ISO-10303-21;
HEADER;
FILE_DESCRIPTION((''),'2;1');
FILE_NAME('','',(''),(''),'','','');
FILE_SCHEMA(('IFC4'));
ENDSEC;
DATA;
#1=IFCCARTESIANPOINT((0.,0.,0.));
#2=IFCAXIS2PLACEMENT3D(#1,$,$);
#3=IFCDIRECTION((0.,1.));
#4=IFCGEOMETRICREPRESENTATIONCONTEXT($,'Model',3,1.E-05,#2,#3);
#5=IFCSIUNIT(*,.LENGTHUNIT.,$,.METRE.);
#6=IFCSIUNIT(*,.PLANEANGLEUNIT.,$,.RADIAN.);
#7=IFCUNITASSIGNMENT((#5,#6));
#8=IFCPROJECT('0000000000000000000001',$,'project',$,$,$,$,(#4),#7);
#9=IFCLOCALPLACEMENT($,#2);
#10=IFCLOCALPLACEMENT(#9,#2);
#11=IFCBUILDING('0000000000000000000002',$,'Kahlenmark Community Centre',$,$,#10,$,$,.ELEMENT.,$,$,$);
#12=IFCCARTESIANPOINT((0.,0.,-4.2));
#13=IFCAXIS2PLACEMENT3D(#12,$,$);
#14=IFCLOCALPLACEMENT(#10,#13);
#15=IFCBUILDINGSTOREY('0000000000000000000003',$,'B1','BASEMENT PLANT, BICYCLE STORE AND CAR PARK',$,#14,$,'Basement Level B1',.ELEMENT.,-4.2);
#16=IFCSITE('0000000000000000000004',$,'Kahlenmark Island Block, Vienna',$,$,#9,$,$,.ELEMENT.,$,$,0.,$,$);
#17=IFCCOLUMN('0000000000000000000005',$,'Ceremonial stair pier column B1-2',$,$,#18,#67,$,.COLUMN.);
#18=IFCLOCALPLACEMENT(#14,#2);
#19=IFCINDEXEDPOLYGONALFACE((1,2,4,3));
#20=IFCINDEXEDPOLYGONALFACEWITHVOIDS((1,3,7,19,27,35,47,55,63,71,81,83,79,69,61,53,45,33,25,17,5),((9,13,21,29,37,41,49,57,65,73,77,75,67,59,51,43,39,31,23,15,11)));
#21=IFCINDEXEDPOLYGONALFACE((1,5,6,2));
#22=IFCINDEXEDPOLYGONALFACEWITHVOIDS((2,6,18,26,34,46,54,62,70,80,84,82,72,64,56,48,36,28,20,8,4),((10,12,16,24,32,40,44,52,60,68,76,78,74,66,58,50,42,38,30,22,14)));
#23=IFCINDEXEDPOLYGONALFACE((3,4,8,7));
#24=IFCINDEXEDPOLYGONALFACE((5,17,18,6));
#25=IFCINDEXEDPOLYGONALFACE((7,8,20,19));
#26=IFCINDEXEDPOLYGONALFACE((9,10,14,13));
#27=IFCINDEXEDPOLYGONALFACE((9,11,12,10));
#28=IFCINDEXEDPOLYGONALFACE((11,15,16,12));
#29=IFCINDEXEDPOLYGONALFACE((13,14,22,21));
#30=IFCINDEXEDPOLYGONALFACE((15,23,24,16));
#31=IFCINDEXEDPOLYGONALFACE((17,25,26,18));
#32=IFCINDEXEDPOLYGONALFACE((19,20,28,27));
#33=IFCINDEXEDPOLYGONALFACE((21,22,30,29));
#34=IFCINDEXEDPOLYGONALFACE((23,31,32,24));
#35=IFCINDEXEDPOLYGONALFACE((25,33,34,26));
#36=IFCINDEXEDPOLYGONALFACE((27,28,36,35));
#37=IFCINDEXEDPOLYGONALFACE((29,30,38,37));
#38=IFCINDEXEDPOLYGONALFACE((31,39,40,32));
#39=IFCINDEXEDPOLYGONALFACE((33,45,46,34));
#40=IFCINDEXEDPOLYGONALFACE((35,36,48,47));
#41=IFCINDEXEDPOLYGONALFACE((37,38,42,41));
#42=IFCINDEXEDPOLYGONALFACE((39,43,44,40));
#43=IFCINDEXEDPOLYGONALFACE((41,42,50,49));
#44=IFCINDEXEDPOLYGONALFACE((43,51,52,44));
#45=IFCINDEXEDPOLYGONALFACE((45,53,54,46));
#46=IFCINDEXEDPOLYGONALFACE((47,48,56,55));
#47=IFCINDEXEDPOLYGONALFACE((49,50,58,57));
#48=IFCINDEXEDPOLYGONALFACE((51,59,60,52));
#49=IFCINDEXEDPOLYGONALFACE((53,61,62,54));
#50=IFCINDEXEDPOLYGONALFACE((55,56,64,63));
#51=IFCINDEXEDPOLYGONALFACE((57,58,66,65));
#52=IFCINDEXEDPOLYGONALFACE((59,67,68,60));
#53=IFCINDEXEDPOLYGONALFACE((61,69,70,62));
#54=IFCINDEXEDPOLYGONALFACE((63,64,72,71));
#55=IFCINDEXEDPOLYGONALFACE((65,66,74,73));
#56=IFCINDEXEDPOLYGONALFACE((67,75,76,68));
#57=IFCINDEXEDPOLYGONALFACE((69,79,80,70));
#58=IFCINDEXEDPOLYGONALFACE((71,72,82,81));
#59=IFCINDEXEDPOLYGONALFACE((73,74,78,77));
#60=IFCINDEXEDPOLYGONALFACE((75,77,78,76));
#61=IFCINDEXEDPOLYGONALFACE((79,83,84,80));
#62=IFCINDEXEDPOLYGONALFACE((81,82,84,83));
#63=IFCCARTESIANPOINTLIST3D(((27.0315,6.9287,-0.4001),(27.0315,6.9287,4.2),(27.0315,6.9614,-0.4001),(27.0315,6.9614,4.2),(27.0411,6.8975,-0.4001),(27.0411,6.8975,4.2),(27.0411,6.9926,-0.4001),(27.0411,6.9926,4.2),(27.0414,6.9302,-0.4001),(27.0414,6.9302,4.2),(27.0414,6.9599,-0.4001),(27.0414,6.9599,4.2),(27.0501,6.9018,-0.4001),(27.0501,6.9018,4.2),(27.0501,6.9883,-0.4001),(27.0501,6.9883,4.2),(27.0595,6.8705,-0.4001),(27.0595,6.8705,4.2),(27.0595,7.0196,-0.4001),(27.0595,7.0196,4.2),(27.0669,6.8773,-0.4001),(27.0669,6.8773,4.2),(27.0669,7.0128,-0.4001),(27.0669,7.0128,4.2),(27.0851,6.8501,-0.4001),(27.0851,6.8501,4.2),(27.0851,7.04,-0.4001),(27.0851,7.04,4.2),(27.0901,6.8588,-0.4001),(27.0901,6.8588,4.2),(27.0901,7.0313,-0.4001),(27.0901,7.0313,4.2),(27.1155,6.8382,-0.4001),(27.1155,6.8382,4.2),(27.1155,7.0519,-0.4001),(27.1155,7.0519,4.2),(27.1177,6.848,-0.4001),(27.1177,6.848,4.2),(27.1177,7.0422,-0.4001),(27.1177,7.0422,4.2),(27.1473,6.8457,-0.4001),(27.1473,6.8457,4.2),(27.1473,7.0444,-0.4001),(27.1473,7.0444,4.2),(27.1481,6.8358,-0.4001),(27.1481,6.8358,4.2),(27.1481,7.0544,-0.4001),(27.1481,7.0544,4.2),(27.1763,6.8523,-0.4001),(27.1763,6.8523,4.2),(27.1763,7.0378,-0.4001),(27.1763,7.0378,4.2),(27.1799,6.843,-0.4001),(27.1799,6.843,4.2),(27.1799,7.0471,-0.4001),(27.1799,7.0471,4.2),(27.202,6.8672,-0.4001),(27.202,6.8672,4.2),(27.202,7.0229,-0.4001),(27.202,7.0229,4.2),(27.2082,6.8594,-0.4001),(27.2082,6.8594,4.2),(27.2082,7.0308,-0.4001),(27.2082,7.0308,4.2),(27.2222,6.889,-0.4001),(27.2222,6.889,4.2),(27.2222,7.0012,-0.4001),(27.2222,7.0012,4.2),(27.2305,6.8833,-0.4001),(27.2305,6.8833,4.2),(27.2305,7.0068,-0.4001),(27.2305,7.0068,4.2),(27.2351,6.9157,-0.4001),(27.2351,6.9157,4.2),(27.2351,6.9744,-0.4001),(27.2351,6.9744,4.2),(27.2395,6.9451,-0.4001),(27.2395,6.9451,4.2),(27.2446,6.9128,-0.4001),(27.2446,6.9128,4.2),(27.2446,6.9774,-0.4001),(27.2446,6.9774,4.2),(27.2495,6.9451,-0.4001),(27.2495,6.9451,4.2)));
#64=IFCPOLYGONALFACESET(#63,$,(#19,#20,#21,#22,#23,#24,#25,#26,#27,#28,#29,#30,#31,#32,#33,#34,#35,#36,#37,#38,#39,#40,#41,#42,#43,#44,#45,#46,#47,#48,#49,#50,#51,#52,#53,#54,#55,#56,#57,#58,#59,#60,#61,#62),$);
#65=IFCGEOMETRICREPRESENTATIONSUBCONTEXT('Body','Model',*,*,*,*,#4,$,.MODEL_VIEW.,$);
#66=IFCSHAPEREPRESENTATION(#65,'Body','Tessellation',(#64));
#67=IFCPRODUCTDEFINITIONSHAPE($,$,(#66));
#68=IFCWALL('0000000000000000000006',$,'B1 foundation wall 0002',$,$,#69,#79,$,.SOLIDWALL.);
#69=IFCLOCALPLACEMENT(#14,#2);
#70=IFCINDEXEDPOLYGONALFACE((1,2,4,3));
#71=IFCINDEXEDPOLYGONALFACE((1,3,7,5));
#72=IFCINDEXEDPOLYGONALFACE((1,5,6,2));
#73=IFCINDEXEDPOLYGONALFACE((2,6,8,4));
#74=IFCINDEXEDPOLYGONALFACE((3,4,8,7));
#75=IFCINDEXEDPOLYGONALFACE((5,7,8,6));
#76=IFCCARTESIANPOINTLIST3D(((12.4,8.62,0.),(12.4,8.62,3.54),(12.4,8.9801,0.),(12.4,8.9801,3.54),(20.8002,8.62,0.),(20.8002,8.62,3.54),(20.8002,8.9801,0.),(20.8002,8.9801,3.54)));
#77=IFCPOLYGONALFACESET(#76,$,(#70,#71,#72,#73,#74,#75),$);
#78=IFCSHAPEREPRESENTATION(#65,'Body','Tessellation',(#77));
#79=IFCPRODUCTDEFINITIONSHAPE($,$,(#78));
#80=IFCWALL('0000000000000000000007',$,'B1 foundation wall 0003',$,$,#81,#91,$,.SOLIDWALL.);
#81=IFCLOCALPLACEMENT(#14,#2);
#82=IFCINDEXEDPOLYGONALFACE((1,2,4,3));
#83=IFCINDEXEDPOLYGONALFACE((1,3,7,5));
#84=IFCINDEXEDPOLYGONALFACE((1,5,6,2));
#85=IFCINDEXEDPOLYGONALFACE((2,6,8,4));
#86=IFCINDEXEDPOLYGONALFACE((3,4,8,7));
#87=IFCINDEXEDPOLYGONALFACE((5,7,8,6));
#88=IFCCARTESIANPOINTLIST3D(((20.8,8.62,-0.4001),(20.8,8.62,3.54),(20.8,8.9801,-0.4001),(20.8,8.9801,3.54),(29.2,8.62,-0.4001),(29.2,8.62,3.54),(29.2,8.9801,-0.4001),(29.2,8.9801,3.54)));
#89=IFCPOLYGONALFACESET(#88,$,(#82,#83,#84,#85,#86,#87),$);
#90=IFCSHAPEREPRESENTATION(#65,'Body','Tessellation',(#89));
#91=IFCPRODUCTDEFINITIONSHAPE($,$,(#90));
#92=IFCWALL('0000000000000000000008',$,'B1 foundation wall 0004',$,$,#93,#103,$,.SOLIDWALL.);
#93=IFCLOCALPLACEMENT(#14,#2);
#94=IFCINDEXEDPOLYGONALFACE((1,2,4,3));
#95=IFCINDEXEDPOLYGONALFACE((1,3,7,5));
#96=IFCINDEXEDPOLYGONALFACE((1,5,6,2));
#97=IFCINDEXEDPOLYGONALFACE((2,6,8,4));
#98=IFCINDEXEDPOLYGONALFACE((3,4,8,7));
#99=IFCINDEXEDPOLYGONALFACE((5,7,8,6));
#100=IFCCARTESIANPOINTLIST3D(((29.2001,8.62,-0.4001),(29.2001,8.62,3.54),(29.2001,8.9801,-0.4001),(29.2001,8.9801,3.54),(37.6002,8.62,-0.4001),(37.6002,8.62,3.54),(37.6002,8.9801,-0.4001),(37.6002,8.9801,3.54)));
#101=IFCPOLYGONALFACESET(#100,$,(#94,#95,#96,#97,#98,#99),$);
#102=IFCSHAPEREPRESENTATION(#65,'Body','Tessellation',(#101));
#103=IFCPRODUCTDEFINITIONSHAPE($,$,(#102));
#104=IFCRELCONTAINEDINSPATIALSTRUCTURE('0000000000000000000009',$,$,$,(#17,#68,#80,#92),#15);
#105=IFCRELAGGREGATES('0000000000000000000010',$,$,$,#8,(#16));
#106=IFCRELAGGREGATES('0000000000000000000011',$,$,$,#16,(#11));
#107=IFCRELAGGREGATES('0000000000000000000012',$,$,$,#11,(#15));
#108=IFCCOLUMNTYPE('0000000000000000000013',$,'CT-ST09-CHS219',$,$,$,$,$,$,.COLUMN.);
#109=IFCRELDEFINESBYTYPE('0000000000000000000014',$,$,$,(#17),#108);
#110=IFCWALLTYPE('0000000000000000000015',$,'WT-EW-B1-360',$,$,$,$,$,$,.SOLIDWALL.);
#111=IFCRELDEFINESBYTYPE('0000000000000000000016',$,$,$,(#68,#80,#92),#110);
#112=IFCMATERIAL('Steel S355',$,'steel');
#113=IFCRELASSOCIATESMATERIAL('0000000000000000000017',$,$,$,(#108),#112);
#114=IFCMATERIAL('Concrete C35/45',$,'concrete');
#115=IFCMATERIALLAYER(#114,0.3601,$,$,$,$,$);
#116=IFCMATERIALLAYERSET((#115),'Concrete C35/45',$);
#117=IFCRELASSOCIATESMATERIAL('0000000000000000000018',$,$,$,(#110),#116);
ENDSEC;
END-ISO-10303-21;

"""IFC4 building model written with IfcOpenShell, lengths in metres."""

from ifc_helpers import new_model, si_unit, direction, frame, frame_2d, origin, origin_2d, place, context, subcontext, project, spatial, rectangle, hollow_circle, extrude, material, layer, layer_set, material_profile, profile_set, type_object, element, save


model = new_model("IFC4")

# Units and contexts
model_context = context("Model", 3, precision=1e-05, world=origin(), true_north=direction((0.0, 1.0)))
body_context = subcontext(model_context, "Body", "Model", "MODEL_VIEW")
ifc_project = project(units=[si_unit("LENGTHUNIT", "METRE"), si_unit("PLANEANGLEUNIT", "RADIAN")], contexts=[model_context])

# Site, building, storey
site_placement = place(None, origin())
site = spatial("IfcSite", under=ifc_project, at=site_placement, Name="Kahlenmark Island Block, Vienna", CompositionType="ELEMENT", RefElevation=0.0)
building_placement = place(site_placement, origin())
building = spatial("IfcBuilding", under=site, at=building_placement, Name="Kahlenmark Community Centre", CompositionType="ELEMENT")
storey_placement = place(building_placement, frame((0.0, 0.0, -4.2)))
storey = spatial("IfcBuildingStorey", under=building, at=storey_placement, Name="B1", Description="BASEMENT PLANT, BICYCLE STORE AND CAR PARK", LongName="Basement Level B1", CompositionType="ELEMENT", Elevation=-4.2)

# Column
ifc_material_1 = material(Name="Concrete C35/45", Category="concrete")
ifc_material_2 = material(Name="Steel S355", Category="steel")
ifc_material_profile_1 = material_profile(ifc_material_2, hollow_circle(Radius=0.1096, WallThickness=0.01, at=origin_2d()), Name="CHS 219.1x10")
ifc_profile_set_1 = profile_set([ifc_material_profile_1], Name="Steel S355")
column_type_1 = type_object("IfcColumnType", Name="CT-ST09-CHS219", PredefinedType="COLUMN", material=ifc_profile_set_1)
for number, where, z_axis, x_axis, name in (
    (1, (27.1399, 6.9451, -0.4001), (0.0, 0.0, 1.0), (1.0, 0.0, 0.0), "Ceremonial stair pier column B1-2"),
):
    element("IfcColumn", number, at=place(storey_placement, frame(where, z_axis=z_axis, x_axis=x_axis)), inside=storey, type_object=column_type_1, Name=name, PredefinedType="COLUMN", context=body_context, shape_type="SweptSolid", body=[
        extrude(hollow_circle(Radius=0.1096, WallThickness=0.01, at=origin_2d()), origin(), (0.0, 0.0, 1.0), 4.6001),
    ])

# Walls
ifc_layer = layer(ifc_material_1, 0.3601)
ifc_layer_set = layer_set([ifc_layer], Name="Concrete C35/45")
wall_type = type_object("IfcWallType", Name="WT-EW-B1-360", PredefinedType="SOLIDWALL", material=ifc_layer_set)
wall_1_placement = place(storey_placement, frame((12.3999, 8.8, 0.0), z_axis=(0.0, 0.0, 1.0), x_axis=(1.0, 0.0, 0.0)))
element("IfcWall", 2, at=wall_1_placement, inside=storey, type_object=wall_type, Name="B1 foundation wall 0002", PredefinedType="SOLIDWALL", context=body_context, shape_type="SweptSolid", body=[
    extrude(rectangle(XDim=8.4001, YDim=0.3601, at=frame_2d((4.2002, 0.0))), origin(), (0.0, 0.0, 1.0), 3.54),
])
wall_2_placement = place(storey_placement, frame((20.8, 8.8, -0.4001), z_axis=(0.0, 0.0, 1.0), x_axis=(1.0, 0.0, 0.0)))
element("IfcWall", 3, at=wall_2_placement, inside=storey, type_object=wall_type, Name="B1 foundation wall 0003", PredefinedType="SOLIDWALL", context=body_context, shape_type="SweptSolid", body=[
    extrude(rectangle(XDim=8.3999, YDim=0.3601, at=frame_2d((4.2, 0.0))), origin(), (0.0, 0.0, 1.0), 3.9402),
])
wall_3_placement = place(storey_placement, frame((29.2, 8.8, -0.4001), z_axis=(0.0, 0.0, 1.0), x_axis=(1.0, 0.0, 0.0)))
element("IfcWall", 4, at=wall_3_placement, inside=storey, type_object=wall_type, Name="B1 foundation wall 0004", PredefinedType="SOLIDWALL", context=body_context, shape_type="SweptSolid", body=[
    extrude(rectangle(XDim=8.4001, YDim=0.3601, at=frame_2d((4.2002, 0.0))), origin(), (0.0, 0.0, 1.0), 3.9402),
])

save(model, "model.ifc")
